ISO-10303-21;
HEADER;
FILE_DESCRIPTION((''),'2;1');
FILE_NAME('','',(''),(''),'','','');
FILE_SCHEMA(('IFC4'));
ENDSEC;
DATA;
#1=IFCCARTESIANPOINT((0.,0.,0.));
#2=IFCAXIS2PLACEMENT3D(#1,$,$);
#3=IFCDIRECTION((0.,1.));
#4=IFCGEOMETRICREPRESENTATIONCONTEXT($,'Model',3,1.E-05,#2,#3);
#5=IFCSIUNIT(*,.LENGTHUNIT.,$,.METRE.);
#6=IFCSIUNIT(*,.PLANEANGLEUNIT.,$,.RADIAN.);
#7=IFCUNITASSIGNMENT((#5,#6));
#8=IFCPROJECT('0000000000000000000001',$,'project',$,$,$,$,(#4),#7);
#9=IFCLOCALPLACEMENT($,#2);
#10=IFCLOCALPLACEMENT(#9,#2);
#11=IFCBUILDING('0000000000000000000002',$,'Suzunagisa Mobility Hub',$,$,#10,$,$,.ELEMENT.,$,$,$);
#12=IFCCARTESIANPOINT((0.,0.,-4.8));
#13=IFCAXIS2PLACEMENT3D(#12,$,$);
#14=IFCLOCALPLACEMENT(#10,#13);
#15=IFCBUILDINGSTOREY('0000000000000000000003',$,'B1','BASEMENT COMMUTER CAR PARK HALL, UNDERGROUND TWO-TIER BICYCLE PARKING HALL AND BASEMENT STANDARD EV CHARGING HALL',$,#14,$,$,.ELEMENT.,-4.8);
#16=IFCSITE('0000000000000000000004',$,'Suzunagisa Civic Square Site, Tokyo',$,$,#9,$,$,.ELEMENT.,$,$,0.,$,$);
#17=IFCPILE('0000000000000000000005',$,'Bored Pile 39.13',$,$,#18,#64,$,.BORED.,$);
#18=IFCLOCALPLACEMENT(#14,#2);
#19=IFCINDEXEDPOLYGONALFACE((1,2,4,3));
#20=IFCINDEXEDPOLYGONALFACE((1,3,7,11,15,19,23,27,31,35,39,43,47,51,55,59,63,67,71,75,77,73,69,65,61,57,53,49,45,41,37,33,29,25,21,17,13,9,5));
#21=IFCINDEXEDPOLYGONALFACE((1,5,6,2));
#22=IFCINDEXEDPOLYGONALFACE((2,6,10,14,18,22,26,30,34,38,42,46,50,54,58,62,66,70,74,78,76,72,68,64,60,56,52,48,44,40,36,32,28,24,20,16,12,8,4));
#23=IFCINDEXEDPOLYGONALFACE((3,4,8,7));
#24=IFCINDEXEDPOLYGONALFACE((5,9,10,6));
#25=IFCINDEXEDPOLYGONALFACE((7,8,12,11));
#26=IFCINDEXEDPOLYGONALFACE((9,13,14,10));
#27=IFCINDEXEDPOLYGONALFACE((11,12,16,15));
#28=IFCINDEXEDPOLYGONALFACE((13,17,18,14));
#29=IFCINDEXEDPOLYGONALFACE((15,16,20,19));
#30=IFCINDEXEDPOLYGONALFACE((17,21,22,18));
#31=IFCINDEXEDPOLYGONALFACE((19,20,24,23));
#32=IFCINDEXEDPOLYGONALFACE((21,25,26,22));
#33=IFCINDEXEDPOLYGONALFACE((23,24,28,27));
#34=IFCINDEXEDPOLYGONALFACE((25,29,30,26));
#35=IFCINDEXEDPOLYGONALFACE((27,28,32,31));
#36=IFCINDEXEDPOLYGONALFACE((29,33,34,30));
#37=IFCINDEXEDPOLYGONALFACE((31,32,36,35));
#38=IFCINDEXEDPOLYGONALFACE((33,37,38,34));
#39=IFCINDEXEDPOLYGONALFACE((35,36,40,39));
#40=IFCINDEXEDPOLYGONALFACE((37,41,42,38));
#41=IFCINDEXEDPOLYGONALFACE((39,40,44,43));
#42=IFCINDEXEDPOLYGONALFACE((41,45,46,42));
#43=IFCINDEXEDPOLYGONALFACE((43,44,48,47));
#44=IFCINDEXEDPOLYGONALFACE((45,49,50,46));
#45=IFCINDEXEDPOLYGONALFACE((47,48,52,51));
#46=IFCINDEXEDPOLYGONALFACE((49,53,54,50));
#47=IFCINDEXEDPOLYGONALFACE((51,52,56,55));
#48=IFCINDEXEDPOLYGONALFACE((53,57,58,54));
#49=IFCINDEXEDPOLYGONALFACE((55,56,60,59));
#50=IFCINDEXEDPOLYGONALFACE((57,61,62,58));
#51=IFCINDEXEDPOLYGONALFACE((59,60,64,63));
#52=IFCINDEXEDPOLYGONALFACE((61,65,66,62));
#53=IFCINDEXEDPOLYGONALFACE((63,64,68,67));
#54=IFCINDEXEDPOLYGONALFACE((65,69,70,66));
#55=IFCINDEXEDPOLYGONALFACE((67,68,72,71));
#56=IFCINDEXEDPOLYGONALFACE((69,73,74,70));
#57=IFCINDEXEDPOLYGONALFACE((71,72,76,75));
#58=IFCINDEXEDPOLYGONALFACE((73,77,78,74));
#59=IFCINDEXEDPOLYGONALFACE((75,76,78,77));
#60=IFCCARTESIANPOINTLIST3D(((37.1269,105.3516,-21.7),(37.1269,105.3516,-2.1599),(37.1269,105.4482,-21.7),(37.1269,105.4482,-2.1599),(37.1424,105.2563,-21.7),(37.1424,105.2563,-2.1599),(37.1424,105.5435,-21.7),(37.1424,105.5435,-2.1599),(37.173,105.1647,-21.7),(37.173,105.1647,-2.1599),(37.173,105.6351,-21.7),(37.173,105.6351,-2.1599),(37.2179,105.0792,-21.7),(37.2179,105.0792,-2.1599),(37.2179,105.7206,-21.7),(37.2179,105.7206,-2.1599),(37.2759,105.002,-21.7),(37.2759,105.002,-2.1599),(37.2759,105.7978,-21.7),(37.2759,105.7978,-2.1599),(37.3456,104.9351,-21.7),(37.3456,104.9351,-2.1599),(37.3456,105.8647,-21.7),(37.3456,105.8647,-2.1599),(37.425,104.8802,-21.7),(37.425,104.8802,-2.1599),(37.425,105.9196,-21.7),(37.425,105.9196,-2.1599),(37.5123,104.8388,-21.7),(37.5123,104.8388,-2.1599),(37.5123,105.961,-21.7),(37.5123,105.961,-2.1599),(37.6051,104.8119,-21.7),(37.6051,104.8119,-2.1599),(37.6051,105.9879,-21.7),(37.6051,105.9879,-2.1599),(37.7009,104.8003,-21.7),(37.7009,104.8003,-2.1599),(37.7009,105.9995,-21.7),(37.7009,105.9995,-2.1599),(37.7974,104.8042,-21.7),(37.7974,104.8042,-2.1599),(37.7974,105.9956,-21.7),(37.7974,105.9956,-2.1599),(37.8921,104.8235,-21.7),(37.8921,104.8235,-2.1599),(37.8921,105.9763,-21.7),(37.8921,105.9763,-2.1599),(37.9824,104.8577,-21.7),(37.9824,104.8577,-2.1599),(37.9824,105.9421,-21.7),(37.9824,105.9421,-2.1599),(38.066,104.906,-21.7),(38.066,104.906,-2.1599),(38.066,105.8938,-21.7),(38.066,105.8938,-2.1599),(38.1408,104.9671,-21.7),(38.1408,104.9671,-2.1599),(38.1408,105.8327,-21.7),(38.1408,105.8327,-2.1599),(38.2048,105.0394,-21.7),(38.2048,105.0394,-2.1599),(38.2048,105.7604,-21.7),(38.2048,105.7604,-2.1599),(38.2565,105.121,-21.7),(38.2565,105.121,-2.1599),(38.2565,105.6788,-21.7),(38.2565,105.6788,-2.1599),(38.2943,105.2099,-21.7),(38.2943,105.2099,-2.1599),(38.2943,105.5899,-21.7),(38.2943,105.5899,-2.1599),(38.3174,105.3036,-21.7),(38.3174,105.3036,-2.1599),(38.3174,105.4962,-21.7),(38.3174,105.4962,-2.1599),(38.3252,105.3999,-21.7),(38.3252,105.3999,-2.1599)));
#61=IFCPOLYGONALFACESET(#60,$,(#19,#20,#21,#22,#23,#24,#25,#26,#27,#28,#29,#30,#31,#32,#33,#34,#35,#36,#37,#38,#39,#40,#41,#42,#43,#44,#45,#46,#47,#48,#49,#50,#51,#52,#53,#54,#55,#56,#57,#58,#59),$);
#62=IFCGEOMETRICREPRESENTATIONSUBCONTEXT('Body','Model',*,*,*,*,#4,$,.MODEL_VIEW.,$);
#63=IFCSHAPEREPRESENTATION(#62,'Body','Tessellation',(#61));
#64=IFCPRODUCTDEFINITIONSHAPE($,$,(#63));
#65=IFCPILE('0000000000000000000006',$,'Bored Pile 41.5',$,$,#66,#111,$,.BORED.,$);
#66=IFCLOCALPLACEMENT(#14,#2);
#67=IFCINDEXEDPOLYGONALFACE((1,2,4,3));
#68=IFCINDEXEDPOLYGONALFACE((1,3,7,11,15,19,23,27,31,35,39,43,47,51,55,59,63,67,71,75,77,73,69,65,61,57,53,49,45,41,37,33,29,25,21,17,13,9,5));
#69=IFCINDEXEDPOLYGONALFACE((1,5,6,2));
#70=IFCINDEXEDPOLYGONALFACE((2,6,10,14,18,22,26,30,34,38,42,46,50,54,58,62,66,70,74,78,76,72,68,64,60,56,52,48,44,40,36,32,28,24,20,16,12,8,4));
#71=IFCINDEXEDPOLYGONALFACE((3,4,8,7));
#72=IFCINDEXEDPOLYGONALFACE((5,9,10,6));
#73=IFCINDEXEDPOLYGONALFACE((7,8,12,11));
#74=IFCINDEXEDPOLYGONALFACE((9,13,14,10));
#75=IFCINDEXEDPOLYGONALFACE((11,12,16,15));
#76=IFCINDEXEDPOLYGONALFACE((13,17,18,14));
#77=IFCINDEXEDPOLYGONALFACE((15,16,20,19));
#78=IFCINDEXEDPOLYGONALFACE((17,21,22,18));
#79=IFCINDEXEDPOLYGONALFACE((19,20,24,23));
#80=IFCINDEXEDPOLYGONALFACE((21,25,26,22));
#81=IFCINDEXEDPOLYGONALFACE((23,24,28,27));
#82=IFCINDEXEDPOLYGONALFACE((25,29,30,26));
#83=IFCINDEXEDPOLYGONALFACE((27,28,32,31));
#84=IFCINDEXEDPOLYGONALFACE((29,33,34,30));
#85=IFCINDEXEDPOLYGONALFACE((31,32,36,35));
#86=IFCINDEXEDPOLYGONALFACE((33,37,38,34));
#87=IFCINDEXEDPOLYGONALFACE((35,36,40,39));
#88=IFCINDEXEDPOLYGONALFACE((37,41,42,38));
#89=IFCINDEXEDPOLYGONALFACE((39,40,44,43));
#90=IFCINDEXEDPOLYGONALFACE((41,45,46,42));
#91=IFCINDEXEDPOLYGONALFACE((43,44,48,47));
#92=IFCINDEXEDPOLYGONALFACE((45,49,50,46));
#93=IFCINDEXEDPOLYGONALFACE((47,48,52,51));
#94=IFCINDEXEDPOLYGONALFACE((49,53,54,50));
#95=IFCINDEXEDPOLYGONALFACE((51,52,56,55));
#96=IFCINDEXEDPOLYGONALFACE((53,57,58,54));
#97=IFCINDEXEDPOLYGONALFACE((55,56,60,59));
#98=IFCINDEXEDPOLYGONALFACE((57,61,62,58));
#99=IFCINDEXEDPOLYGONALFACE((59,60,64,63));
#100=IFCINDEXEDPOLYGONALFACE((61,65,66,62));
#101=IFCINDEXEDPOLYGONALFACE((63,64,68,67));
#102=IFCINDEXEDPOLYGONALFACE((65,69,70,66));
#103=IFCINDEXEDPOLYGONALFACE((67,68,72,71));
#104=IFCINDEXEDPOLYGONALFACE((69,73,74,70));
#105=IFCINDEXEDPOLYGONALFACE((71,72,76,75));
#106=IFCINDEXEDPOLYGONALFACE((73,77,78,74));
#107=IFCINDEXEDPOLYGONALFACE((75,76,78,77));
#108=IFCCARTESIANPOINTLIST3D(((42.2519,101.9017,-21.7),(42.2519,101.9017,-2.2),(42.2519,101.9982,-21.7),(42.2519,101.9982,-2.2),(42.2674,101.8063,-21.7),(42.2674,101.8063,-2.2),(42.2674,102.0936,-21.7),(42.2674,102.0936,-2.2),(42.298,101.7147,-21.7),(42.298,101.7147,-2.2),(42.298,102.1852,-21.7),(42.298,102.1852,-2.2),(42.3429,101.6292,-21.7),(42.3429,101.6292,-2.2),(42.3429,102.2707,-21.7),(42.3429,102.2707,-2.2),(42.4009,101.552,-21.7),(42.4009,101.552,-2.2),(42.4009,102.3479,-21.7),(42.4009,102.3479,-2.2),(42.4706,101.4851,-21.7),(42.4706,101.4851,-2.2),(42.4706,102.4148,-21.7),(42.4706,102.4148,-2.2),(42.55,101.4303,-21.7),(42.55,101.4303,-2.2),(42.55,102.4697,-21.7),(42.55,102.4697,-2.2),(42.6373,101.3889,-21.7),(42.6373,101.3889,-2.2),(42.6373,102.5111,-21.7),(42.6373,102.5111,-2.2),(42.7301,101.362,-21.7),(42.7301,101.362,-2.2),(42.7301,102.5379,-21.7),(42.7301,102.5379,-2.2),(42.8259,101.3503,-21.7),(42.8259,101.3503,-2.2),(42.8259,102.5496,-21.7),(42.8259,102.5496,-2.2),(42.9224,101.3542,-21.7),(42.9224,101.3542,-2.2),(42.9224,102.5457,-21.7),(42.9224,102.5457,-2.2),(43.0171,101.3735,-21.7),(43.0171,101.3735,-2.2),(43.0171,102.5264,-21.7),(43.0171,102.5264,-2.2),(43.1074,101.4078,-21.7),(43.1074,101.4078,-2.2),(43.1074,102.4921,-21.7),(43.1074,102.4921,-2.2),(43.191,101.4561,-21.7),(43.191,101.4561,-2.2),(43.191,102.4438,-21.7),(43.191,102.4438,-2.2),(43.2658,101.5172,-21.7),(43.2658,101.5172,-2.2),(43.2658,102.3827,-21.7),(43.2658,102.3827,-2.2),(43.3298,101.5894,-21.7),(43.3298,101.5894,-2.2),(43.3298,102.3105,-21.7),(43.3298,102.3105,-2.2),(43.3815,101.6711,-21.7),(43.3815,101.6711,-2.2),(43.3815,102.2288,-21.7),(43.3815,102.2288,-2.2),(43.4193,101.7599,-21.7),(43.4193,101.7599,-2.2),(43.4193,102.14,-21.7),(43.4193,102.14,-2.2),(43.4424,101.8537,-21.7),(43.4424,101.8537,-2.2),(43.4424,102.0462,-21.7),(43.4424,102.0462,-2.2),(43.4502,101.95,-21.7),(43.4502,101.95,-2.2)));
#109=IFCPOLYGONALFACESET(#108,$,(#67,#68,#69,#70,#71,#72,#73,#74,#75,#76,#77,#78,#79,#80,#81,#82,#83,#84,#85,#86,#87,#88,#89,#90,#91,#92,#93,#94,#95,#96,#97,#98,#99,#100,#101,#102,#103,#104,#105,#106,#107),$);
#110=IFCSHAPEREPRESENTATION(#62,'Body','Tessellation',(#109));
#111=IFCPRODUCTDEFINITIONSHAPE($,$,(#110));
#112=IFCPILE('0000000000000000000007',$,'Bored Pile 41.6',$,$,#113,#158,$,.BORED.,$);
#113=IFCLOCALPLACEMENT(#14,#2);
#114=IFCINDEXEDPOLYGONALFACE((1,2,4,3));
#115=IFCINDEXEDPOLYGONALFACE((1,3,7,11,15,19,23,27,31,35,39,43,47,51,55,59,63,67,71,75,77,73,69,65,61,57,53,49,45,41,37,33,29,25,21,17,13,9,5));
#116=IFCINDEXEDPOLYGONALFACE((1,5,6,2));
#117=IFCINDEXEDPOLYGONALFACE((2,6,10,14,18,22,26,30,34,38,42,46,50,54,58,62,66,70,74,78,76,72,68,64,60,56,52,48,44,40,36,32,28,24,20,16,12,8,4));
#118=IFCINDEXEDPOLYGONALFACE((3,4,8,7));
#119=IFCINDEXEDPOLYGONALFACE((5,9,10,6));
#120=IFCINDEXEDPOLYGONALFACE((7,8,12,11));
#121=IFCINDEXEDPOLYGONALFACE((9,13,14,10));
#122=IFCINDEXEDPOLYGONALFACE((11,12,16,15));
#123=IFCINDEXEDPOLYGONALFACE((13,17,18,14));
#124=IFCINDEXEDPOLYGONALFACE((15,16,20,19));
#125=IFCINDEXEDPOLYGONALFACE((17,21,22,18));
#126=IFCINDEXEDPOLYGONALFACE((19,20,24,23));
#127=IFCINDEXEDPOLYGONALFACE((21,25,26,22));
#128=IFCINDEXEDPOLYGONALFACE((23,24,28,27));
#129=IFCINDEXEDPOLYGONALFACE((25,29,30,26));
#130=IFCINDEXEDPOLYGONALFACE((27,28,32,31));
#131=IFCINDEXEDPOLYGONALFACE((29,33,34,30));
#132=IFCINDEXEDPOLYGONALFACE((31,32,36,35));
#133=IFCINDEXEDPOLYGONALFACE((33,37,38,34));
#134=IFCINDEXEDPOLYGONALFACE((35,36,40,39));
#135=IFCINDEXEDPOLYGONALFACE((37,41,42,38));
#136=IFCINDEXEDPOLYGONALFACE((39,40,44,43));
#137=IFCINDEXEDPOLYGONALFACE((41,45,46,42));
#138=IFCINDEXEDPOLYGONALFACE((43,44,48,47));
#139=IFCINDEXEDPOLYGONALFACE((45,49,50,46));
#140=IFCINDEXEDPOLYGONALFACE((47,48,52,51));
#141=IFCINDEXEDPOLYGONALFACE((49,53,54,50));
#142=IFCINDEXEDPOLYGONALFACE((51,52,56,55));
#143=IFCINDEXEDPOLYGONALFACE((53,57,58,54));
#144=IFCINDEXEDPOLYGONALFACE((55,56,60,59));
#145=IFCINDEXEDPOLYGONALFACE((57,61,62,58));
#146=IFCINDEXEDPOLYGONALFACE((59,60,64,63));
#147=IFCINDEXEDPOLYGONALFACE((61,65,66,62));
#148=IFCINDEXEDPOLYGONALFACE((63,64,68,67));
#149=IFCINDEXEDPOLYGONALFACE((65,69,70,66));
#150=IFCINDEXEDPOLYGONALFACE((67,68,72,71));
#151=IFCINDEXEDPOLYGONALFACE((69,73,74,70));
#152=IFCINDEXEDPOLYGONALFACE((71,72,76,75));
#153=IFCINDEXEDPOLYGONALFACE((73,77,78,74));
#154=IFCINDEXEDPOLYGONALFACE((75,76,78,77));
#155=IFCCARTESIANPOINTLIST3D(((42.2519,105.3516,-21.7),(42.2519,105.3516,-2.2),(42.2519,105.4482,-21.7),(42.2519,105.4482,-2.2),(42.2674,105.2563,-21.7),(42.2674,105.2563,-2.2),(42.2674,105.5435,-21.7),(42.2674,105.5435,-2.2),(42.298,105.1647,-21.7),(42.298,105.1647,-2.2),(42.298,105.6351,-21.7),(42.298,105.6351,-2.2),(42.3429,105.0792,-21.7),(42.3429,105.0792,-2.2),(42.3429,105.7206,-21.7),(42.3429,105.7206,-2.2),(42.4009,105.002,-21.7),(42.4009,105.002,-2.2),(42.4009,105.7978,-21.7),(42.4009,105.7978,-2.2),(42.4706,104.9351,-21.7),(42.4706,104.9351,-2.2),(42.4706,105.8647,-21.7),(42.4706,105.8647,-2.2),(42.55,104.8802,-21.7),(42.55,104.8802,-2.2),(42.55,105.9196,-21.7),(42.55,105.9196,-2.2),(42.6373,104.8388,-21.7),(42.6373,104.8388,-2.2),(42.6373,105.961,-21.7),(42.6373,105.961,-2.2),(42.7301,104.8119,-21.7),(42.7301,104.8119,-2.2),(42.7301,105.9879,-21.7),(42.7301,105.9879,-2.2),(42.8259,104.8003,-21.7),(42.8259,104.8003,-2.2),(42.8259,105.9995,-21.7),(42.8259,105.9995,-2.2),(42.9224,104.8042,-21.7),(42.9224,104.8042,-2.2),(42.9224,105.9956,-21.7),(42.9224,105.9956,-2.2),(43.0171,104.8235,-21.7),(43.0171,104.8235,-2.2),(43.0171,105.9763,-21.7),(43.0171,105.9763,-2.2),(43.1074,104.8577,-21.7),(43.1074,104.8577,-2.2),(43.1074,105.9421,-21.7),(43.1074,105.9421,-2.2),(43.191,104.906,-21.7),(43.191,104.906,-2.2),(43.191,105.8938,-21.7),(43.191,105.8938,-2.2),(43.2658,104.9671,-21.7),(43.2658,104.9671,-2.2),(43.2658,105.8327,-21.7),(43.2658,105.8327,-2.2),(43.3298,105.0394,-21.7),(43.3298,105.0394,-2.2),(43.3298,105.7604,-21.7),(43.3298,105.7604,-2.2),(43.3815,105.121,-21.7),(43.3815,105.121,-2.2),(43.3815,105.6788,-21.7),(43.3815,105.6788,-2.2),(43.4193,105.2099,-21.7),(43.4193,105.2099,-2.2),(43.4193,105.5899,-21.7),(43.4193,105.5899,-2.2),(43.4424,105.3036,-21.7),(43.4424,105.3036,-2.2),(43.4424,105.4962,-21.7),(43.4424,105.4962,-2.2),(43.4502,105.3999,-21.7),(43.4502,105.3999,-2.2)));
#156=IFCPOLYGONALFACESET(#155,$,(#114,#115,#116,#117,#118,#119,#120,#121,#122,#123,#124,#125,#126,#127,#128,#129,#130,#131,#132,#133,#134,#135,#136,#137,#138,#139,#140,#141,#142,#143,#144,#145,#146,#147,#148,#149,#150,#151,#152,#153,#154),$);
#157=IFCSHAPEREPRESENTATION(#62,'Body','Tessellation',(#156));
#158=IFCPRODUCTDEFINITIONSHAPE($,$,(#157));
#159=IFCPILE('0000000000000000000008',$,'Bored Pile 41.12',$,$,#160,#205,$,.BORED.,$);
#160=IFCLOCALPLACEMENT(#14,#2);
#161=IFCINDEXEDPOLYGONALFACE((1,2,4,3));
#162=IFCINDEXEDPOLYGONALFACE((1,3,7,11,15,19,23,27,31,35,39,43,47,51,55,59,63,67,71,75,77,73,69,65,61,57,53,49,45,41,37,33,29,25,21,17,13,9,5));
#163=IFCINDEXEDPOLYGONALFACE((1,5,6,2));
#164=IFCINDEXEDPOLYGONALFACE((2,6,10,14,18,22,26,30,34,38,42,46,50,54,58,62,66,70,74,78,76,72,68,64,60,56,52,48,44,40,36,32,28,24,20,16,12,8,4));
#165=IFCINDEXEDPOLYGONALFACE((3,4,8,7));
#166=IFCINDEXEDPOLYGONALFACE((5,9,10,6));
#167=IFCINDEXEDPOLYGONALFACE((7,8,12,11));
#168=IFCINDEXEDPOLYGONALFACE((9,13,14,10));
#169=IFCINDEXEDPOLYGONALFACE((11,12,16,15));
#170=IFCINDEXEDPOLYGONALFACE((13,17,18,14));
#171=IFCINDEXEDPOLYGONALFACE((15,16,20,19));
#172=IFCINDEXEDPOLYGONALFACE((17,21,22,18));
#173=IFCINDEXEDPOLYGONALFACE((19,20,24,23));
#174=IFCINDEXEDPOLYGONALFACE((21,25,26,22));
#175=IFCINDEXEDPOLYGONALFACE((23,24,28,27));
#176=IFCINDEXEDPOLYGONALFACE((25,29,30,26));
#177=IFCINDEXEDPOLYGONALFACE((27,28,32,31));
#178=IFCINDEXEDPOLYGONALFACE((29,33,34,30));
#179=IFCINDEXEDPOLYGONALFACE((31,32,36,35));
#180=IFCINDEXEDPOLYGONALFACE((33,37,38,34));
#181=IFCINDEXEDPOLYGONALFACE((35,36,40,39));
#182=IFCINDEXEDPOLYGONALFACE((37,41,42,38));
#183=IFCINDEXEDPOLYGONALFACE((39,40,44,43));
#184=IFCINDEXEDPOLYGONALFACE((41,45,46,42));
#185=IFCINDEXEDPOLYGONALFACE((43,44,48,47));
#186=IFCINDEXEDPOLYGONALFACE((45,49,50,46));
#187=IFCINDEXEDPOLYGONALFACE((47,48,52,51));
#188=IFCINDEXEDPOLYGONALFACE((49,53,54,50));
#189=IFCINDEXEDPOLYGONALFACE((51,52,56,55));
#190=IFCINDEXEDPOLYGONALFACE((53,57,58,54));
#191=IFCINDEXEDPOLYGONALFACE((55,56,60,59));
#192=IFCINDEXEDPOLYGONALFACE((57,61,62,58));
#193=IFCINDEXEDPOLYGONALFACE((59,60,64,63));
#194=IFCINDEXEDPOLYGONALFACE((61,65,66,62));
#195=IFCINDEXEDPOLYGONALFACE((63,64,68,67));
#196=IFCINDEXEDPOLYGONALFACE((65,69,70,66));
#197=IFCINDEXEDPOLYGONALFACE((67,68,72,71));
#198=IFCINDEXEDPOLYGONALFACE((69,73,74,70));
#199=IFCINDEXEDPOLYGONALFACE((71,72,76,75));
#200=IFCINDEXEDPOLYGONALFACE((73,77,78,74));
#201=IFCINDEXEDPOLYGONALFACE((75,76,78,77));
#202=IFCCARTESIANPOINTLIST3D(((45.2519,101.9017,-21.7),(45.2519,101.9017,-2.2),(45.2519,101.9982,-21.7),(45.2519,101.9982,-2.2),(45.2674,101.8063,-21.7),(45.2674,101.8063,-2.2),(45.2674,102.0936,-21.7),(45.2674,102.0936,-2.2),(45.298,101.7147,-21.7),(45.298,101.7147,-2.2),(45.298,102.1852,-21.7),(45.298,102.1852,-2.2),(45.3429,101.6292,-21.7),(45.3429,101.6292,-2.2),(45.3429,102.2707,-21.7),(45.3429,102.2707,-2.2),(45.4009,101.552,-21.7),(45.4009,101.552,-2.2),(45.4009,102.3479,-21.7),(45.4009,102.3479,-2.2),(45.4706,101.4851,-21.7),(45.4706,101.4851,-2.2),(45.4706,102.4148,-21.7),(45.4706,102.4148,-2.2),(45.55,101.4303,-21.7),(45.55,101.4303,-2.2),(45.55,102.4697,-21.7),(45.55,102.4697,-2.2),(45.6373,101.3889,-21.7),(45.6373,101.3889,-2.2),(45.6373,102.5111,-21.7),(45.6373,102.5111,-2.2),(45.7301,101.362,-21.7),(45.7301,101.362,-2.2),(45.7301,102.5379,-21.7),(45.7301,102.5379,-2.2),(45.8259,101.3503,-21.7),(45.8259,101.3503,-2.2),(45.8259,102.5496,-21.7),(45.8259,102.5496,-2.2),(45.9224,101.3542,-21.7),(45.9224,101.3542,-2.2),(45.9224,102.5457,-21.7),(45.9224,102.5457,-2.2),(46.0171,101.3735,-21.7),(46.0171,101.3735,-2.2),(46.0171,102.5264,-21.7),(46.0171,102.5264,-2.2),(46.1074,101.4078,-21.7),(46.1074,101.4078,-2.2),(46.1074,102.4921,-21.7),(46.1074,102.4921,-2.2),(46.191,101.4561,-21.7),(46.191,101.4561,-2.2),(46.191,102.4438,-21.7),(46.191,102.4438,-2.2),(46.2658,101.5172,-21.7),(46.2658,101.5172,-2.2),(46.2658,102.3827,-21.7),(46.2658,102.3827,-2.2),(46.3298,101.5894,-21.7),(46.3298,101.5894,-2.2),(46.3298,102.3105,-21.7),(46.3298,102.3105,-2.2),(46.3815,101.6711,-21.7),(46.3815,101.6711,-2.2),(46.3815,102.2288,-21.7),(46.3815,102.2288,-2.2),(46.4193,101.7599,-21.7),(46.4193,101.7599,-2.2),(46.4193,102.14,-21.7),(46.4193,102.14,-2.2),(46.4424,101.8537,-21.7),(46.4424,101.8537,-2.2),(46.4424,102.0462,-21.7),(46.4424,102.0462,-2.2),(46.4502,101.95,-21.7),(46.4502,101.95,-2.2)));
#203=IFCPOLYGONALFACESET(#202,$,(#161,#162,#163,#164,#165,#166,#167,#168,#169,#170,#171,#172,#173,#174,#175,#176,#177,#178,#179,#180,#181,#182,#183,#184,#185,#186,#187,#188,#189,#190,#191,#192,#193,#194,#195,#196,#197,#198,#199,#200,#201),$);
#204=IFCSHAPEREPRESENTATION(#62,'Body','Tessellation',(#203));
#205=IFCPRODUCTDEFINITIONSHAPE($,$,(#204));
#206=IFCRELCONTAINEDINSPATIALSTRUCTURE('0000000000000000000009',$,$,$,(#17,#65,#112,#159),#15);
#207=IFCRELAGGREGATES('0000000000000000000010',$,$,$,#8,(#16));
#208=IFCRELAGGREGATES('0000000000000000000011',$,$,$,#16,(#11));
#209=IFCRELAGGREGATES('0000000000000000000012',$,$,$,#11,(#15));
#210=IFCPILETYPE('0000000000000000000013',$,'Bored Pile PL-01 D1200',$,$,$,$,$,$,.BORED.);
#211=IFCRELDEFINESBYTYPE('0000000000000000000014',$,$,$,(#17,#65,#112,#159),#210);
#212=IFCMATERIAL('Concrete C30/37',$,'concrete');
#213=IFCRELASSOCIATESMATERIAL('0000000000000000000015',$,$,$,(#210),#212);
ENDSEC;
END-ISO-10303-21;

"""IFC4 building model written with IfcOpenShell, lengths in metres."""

from ifc_helpers import new_model, si_unit, direction, frame, origin, origin_2d, place, context, subcontext, project, spatial, circle, extrude, material, material_profile, profile_set, type_object, element, save


model = new_model("IFC4")

# Units and contexts
model_context = context("Model", 3, precision=1e-05, world=origin(), true_north=direction((0.0, 1.0)))
body_context = subcontext(model_context, "Body", "Model", "MODEL_VIEW")
ifc_project = project(units=[si_unit("LENGTHUNIT", "METRE"), si_unit("PLANEANGLEUNIT", "RADIAN")], contexts=[model_context])

# Site, building, storey
site_placement = place(None, origin())
site = spatial("IfcSite", under=ifc_project, at=site_placement, Name="Suzunagisa Civic Square Site, Tokyo", CompositionType="ELEMENT", RefElevation=0.0)
building_placement = place(site_placement, origin())
building = spatial("IfcBuilding", under=site, at=building_placement, Name="Suzunagisa Mobility Hub", CompositionType="ELEMENT")
storey_placement = place(building_placement, frame((0.0, 0.0, -4.8)))
storey = spatial("IfcBuildingStorey", under=building, at=storey_placement, Name="B1", Description="BASEMENT COMMUTER CAR PARK HALL, UNDERGROUND TWO-TIER BICYCLE PARKING HALL AND BASEMENT STANDARD EV CHARGING HALL", CompositionType="ELEMENT", Elevation=-4.8)

# Piles
ifc_material_1 = material(Name="Concrete C30/37", Category="concrete")
ifc_material_profile_1 = material_profile(ifc_material_1, circle(Radius=0.6001, at=origin_2d()), Name="BORED PILE D1200")
ifc_profile_set_1 = profile_set([ifc_material_profile_1], Name="Concrete C30/37")
pile_type = type_object("IfcPileType", Name="Bored Pile PL-01 D1200", PredefinedType="BORED", material=ifc_profile_set_1)
pile_1_placement = place(storey_placement, frame((37.7251, 105.3999, -2.1599), z_axis=(0.0, 0.0, -1.0), x_axis=(1.0, 0.0, 0.0)))
element("IfcPile", 1, at=pile_1_placement, inside=storey, type_object=pile_type, Name="Bored Pile 39.13", PredefinedType="BORED", context=body_context, shape_type="SweptSolid", body=[
    extrude(circle(Radius=0.6001, at=origin_2d()), origin(), (0.0, 0.0, 1.0), 19.54),
])
for number, where, z_axis, x_axis, name in (
    (2, (42.8501, 101.95, -2.2), (0.0, 0.0, -1.0), (1.0, 0.0, 0.0), "Bored Pile 41.5"),
    (3, (42.8501, 105.3999, -2.2), (0.0, 0.0, -1.0), (1.0, 0.0, 0.0), "Bored Pile 41.6"),
    (4, (45.8501, 101.95, -2.2), (0.0, 0.0, -1.0), (1.0, 0.0, 0.0), "Bored Pile 41.12"),
):
    element("IfcPile", number, at=place(storey_placement, frame(where, z_axis=z_axis, x_axis=x_axis)), inside=storey, type_object=pile_type, Name=name, PredefinedType="BORED", context=body_context, shape_type="SweptSolid", body=[
        extrude(circle(Radius=0.6001, at=origin_2d()), origin(), (0.0, 0.0, 1.0), 19.5),
    ])

save(model, "model.ifc")
